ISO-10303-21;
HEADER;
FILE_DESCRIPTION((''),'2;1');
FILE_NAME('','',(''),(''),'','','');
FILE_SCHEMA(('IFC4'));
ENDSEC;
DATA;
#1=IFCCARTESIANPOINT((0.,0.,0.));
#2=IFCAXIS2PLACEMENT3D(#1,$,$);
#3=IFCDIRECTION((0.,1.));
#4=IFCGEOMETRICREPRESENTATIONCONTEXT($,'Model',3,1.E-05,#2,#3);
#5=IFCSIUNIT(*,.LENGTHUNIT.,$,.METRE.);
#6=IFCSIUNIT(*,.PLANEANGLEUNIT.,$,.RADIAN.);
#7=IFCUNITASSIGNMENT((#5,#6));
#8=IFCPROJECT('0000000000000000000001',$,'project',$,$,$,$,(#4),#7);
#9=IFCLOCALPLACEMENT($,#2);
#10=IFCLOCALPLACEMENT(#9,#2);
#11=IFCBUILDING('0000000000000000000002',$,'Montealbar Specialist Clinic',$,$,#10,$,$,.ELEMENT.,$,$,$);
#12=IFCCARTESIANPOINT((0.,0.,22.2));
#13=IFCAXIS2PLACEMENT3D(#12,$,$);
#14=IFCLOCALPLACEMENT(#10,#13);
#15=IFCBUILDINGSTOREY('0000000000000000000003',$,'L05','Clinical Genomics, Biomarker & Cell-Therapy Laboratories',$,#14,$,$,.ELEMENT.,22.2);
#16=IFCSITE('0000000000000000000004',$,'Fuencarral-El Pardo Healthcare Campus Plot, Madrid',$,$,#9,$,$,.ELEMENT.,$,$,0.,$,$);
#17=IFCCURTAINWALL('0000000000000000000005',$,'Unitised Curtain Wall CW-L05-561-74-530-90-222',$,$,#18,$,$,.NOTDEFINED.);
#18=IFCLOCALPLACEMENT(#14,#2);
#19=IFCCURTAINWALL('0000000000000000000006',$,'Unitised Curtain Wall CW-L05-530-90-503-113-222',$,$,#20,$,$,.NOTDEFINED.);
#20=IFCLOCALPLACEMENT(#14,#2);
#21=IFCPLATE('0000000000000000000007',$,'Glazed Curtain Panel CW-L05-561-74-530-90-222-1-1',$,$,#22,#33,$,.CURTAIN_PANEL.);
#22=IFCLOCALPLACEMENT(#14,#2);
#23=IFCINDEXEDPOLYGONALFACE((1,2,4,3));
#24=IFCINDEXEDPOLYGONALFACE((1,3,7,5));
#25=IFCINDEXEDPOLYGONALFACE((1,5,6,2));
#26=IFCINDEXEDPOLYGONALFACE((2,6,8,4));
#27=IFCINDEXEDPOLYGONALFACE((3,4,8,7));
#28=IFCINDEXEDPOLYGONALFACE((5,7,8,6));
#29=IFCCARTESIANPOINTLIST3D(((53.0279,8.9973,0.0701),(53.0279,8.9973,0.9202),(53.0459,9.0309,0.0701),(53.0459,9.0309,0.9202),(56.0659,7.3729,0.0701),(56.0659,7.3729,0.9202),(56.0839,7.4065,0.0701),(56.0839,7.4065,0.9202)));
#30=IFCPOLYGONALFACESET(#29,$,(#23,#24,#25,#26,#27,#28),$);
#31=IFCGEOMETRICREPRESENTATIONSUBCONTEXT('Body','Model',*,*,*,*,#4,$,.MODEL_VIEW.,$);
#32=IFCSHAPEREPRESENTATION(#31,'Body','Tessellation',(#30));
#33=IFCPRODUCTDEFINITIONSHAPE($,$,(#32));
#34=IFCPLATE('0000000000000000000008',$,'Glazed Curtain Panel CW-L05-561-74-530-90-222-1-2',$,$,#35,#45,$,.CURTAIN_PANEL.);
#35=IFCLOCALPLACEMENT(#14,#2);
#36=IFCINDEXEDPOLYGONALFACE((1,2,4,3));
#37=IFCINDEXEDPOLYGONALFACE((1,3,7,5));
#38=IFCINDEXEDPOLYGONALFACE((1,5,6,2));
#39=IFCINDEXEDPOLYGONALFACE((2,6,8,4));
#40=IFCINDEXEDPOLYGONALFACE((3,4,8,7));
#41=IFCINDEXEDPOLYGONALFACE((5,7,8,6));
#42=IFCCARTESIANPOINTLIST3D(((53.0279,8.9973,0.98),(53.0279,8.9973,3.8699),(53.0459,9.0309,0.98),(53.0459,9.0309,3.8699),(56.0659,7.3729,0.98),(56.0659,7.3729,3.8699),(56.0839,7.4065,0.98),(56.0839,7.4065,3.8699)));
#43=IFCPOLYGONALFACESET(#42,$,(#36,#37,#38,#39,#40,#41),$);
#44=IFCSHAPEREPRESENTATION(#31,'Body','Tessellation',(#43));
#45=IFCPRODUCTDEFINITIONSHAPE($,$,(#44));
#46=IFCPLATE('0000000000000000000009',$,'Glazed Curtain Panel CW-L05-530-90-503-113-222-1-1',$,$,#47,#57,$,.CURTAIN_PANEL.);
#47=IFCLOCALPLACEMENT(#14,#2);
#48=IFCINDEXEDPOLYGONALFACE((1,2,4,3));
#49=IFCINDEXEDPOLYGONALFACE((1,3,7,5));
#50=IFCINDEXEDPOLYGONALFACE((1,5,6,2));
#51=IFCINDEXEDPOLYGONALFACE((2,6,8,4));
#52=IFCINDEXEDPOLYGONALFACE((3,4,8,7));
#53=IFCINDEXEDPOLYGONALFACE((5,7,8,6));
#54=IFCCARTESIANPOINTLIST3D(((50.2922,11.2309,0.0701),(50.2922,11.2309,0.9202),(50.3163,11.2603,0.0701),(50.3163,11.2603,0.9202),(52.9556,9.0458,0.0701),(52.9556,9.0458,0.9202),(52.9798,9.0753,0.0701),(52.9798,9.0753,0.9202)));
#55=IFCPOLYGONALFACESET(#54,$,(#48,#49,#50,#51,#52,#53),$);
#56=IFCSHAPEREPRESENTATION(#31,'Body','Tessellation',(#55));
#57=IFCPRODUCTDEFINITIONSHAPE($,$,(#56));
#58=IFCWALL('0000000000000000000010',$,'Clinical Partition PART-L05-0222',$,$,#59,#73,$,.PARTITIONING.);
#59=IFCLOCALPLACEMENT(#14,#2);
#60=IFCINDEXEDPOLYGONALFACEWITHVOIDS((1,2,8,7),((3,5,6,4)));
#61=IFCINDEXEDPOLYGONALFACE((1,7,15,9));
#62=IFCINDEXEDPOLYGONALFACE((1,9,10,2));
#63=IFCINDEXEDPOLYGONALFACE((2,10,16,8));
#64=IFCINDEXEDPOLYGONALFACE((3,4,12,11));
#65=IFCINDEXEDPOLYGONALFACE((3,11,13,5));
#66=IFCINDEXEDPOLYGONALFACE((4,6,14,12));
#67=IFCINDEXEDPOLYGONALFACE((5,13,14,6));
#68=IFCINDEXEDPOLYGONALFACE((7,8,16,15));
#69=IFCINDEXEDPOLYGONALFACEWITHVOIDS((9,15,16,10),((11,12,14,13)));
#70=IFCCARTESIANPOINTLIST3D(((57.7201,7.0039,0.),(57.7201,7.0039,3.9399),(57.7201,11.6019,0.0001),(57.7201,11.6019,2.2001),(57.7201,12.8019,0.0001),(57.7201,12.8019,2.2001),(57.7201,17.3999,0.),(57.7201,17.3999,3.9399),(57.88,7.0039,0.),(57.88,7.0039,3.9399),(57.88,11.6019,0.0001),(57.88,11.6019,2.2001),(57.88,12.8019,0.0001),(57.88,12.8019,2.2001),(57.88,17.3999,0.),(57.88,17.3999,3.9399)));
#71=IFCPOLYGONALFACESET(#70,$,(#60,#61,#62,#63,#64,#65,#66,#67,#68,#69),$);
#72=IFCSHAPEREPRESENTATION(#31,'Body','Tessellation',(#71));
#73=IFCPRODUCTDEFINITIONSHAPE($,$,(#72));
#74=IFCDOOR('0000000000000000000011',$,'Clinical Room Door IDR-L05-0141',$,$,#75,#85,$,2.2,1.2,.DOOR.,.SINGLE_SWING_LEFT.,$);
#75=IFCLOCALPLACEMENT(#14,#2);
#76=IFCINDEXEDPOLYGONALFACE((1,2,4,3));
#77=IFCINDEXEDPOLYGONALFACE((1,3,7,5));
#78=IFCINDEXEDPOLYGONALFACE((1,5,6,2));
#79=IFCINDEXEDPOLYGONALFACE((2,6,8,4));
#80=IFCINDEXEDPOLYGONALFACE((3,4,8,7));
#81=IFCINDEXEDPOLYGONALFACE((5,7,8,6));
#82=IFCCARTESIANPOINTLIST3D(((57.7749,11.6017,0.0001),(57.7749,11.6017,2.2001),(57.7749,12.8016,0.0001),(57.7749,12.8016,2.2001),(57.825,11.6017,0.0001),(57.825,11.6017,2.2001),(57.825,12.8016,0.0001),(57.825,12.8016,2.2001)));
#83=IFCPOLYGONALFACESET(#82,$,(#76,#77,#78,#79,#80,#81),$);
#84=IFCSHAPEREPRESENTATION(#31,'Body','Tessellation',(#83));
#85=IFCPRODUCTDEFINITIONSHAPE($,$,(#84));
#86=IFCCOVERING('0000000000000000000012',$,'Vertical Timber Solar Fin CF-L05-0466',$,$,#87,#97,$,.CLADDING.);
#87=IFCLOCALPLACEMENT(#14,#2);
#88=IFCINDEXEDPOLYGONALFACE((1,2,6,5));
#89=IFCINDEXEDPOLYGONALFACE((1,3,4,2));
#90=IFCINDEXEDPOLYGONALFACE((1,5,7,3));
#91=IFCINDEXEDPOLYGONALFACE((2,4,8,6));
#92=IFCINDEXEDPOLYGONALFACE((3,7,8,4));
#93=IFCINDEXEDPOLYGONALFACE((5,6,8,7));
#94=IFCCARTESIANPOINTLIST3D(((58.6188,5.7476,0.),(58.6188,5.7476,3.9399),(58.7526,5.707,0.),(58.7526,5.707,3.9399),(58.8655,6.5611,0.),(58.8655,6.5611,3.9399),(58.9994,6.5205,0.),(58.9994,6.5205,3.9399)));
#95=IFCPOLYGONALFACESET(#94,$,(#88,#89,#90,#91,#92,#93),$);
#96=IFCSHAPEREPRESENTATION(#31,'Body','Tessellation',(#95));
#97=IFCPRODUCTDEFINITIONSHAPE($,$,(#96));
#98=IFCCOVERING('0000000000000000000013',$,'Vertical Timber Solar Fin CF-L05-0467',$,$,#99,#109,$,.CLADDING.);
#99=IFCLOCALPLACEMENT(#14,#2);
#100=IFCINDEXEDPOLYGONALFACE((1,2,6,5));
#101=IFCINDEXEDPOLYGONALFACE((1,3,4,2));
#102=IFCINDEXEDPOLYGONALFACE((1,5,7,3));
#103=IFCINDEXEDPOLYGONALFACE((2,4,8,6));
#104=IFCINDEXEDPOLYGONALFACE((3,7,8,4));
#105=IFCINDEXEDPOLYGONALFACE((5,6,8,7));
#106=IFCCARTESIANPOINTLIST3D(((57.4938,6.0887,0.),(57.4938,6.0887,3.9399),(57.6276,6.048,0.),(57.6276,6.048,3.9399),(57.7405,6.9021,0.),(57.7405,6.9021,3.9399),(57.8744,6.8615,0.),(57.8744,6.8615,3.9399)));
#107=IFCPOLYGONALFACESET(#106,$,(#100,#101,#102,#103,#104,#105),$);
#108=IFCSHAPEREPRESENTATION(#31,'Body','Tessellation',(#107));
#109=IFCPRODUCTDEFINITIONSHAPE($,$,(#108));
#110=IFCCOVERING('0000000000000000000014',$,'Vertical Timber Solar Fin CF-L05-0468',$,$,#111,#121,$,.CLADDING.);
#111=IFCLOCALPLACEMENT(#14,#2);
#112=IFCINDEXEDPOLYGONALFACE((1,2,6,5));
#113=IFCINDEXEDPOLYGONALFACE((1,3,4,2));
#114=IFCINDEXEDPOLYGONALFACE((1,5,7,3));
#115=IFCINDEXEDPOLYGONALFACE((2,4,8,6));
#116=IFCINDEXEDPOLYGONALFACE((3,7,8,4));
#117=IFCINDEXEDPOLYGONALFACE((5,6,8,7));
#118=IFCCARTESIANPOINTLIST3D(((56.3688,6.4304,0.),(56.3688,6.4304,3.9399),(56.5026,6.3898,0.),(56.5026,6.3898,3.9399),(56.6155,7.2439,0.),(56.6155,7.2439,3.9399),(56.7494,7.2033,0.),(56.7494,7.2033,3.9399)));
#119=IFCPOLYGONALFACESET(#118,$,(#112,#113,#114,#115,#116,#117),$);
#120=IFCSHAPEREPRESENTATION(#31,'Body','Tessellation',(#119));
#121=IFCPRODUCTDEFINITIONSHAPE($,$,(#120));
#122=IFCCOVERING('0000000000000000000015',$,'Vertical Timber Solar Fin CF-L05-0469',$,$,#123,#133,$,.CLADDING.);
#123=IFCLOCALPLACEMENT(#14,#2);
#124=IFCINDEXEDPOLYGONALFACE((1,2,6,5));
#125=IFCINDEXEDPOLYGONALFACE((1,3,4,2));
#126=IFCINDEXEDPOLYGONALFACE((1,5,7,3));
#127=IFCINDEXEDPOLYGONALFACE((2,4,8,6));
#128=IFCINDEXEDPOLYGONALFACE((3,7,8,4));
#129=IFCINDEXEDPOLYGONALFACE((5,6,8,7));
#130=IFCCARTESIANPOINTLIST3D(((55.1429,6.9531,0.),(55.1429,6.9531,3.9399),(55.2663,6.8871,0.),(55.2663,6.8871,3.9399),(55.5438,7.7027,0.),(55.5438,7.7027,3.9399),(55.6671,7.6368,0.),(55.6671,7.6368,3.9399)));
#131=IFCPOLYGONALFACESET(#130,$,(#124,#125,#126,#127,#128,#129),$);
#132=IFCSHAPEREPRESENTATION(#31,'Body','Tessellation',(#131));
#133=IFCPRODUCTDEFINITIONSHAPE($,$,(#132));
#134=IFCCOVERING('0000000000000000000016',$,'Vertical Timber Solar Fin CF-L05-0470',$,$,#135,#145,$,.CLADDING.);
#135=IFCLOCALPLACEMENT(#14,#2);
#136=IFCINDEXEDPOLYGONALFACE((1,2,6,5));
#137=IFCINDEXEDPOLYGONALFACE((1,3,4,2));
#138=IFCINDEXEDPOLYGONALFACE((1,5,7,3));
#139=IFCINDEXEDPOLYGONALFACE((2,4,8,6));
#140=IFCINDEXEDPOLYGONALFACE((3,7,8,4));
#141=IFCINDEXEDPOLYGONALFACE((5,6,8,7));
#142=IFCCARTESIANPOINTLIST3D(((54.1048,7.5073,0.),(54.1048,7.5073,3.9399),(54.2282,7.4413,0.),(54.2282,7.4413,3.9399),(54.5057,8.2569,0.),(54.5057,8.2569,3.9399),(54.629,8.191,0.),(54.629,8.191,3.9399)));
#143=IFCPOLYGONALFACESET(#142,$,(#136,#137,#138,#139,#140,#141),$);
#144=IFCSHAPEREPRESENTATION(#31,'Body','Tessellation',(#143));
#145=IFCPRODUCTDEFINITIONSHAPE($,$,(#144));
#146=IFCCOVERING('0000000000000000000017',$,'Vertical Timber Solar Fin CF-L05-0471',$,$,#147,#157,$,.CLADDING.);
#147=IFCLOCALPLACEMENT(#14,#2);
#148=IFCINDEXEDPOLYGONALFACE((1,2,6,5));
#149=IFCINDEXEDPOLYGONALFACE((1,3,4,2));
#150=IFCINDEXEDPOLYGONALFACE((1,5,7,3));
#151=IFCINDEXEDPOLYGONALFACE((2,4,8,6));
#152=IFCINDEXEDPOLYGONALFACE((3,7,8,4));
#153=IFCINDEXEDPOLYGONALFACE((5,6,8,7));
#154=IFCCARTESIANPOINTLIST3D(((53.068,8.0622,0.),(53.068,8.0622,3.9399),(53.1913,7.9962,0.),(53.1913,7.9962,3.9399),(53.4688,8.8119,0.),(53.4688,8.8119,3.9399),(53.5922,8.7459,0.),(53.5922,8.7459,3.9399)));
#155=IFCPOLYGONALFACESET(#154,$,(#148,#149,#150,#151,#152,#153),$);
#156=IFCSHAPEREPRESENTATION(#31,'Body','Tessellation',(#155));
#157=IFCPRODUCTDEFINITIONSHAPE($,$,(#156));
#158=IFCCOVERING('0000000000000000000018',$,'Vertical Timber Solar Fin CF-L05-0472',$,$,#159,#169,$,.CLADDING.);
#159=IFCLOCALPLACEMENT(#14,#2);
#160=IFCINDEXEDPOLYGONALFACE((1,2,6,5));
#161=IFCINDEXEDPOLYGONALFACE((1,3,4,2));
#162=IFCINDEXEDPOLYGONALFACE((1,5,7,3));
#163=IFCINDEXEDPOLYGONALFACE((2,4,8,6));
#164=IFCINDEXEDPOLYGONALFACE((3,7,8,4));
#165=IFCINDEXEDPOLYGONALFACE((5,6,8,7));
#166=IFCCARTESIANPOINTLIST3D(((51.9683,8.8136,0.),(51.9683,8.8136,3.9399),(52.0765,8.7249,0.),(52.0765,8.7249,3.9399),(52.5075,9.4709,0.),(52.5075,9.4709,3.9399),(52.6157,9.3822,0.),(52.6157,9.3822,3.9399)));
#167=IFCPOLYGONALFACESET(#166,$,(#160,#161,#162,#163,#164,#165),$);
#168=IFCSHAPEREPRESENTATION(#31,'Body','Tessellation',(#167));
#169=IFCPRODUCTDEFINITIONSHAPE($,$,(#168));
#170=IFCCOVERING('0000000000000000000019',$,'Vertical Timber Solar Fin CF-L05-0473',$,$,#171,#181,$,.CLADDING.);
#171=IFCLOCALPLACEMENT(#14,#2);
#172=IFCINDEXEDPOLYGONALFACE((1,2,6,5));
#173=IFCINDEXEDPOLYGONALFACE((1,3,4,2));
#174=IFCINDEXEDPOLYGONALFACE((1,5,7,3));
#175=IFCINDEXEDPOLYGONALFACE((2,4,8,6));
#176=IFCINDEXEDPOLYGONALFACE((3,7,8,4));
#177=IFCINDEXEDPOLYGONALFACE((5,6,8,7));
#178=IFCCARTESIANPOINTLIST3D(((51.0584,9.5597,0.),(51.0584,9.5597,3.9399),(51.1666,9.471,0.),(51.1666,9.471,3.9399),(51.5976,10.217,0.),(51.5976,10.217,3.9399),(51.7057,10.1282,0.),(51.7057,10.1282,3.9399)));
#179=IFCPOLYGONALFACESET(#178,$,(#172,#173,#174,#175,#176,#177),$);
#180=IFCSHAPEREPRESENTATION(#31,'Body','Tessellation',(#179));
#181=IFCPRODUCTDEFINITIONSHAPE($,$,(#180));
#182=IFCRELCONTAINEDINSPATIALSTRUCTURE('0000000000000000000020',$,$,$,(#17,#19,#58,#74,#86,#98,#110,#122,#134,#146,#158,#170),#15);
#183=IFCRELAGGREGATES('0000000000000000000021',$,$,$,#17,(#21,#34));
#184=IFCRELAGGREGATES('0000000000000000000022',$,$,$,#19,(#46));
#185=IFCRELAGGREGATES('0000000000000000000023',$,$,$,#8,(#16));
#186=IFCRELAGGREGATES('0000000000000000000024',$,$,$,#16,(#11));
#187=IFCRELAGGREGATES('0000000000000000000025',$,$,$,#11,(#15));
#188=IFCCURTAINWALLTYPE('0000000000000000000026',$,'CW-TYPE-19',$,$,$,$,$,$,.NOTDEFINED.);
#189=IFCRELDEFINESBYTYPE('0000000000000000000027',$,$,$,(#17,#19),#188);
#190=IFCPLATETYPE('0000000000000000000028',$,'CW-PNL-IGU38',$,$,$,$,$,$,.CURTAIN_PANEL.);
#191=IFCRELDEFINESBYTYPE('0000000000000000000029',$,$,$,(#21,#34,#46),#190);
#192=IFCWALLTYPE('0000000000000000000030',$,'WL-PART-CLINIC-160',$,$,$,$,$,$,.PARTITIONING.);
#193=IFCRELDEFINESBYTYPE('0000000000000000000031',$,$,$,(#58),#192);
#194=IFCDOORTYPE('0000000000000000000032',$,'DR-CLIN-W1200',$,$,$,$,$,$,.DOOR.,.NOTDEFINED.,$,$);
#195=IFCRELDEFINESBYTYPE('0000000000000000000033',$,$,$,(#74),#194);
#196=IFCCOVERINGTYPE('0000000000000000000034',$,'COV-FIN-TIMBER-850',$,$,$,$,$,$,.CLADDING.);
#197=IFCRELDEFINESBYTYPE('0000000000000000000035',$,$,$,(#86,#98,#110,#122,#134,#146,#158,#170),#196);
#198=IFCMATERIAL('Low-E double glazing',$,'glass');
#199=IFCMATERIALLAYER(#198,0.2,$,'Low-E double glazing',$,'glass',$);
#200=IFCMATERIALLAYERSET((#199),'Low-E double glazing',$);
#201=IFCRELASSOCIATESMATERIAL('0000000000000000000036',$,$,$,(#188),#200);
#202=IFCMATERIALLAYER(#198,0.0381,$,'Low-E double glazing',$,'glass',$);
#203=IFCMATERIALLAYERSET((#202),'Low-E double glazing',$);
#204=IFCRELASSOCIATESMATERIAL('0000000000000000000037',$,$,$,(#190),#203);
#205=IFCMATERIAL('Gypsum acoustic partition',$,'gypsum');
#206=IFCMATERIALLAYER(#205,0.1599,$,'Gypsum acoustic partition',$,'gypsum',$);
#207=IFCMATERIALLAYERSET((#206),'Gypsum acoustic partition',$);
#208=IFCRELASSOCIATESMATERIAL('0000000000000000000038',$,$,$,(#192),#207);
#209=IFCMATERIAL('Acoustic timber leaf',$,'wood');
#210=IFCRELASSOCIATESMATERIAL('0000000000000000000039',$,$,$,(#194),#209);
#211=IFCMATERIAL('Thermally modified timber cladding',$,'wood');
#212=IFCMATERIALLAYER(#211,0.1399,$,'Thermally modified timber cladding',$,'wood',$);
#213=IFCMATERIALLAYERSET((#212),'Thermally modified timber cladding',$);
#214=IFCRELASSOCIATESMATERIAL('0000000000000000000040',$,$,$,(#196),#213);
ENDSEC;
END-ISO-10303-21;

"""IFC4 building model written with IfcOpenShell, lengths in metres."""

from ifc_helpers import new_model, si_unit, direction, frame, frame_2d, origin, origin_2d, place, context, subcontext, project, spatial, rectangle, extrude, material, layer, layer_set, type_object, element, fill, aggregate, save


model = new_model("IFC4")

# Units and contexts
model_context = context("Model", 3, precision=1e-05, world=origin(), true_north=direction((0.0, 1.0)))
body_context = subcontext(model_context, "Body", "Model", "MODEL_VIEW")
ifc_project = project(units=[si_unit("LENGTHUNIT", "METRE"), si_unit("PLANEANGLEUNIT", "RADIAN")], contexts=[model_context])

# Site, building, storey
site_placement = place(None, origin())
site = spatial("IfcSite", under=ifc_project, at=site_placement, Name="Fuencarral-El Pardo Healthcare Campus Plot, Madrid", CompositionType="ELEMENT", RefElevation=0.0)
building_placement = place(site_placement, origin())
building = spatial("IfcBuilding", under=site, at=building_placement, Name="Montealbar Specialist Clinic", CompositionType="ELEMENT")
storey_placement = place(building_placement, frame((0.0, 0.0, 22.2)))
storey = spatial("IfcBuildingStorey", under=building, at=storey_placement, Name="L05", Description="Clinical Genomics, Biomarker & Cell-Therapy Laboratories", CompositionType="ELEMENT", Elevation=22.2)

# Shared definitions
ifc_material_1 = material(Name="Low-E double glazing", Category="glass")
ifc_layer_1 = layer(ifc_material_1, 0.2, Name="Low-E double glazing", Category="glass")
ifc_layer_set_1 = layer_set([ifc_layer_1], Name="Low-E double glazing")
curtain_wall_type = type_object("IfcCurtainWallType", Name="CW-TYPE-19", PredefinedType="NOTDEFINED", material=ifc_layer_set_1)

# Curtain wall
curtain_wall_1_placement = place(storey_placement, origin())
curtain_wall_1 = element("IfcCurtainWall", 1, at=curtain_wall_1_placement, inside=storey, type_object=curtain_wall_type, Name="Unitised Curtain Wall CW-L05-561-74-530-90-222", PredefinedType="NOTDEFINED")

# Curtain wall
curtain_wall_2_placement = place(storey_placement, origin())
curtain_wall_2 = element("IfcCurtainWall", 2, at=curtain_wall_2_placement, inside=storey, type_object=curtain_wall_type, Name="Unitised Curtain Wall CW-L05-530-90-503-113-222", PredefinedType="NOTDEFINED")

# Plates
ifc_layer_2 = layer(ifc_material_1, 0.0381, Name="Low-E double glazing", Category="glass")
ifc_layer_set_2 = layer_set([ifc_layer_2], Name="Low-E double glazing")
plate_type = type_object("IfcPlateType", Name="CW-PNL-IGU38", PredefinedType="CURTAIN_PANEL", material=ifc_layer_set_2)
plate_1_placement = place(storey_placement, frame((54.5559, 8.2019, 0.0701), z_axis=(0.0, 0.0, 1.0), x_axis=(-0.88185, 0.471529, 0.0)))
plate_1 = element("IfcPlate", 3, at=plate_1_placement, type_object=plate_type, Name="Glazed Curtain Panel CW-L05-561-74-530-90-222-1-1", PredefinedType="CURTAIN_PANEL", context=body_context, shape_type="SweptSolid", body=[
    extrude(rectangle(XDim=3.4451, YDim=0.0381, at=origin_2d()), origin(), (0.0, 0.0, 1.0), 0.8501),
])
plate_2_placement = place(storey_placement, frame((54.5559, 8.2019, 0.98), z_axis=(0.0, 0.0, 1.0), x_axis=(-0.88185, 0.471529, 0.0)))
plate_2 = element("IfcPlate", 4, at=plate_2_placement, type_object=plate_type, Name="Glazed Curtain Panel CW-L05-561-74-530-90-222-1-2", PredefinedType="CURTAIN_PANEL", context=body_context, shape_type="SweptSolid", body=[
    extrude(rectangle(XDim=3.4451, YDim=0.0381, at=origin_2d()), origin(), (0.0, 0.0, 1.0), 2.8899),
])
aggregate(curtain_wall_1, [plate_1, plate_2])
plate_3_placement = place(storey_placement, frame((51.636, 10.1531, 0.0701), z_axis=(0.0, 0.0, 1.0), x_axis=(-0.773123, 0.634256, 0.0)))
plate_3 = element("IfcPlate", 5, at=plate_3_placement, type_object=plate_type, Name="Glazed Curtain Panel CW-L05-530-90-503-113-222-1-1", PredefinedType="CURTAIN_PANEL", context=body_context, shape_type="SweptSolid", body=[
    extrude(rectangle(XDim=3.4451, YDim=0.0381, at=origin_2d()), origin(), (0.0, 0.0, 1.0), 0.8501),
])
aggregate(curtain_wall_2, [plate_3])

# Wall, opening, door
ifc_material_2 = material(Name="Gypsum acoustic partition", Category="gypsum")
ifc_layer_3 = layer(ifc_material_2, 0.1599, Name="Gypsum acoustic partition", Category="gypsum")
ifc_layer_set_3 = layer_set([ifc_layer_3], Name="Gypsum acoustic partition")
wall_type = type_object("IfcWallType", Name="WL-PART-CLINIC-160", PredefinedType="PARTITIONING", material=ifc_layer_set_3)
wall_placement = place(storey_placement, frame((57.8, 7.0039, 0.0), z_axis=(0.0, 0.0, 1.0), x_axis=(0.0, 1.0, 0.0)))
wall = element("IfcWall", 6, at=wall_placement, inside=storey, type_object=wall_type, Name="Clinical Partition PART-L05-0222", PredefinedType="PARTITIONING", context=body_context, shape_type="SweptSolid", body=[
    extrude(rectangle(XDim=10.396, YDim=0.1599, at=frame_2d((5.198, 0.0))), origin(), (0.0, 0.0, 1.0), 3.9399),
])
opening_placement = place(wall_placement, frame((4.5979, 0.0, 0.0)))
opening = element("IfcOpeningElement", 7, at=opening_placement, cuts=wall, PredefinedType="OPENING", context=body_context, shape_type="SweptSolid", body=[
    extrude(rectangle(XDim=1.2, YDim=2.2, at=frame_2d((0.6001, 1.1001))), frame((0.0, 0.0898, 0.0), z_axis=(0.0, -1.0, 0.0), x_axis=(1.0, 0.0, 0.0)), (0.0, 0.0, 1.0), 0.1799),
])
ifc_material_3 = material(Name="Acoustic timber leaf", Category="wood")
door_type = type_object("IfcDoorType", Name="DR-CLIN-W1200", OperationType="NOTDEFINED", PredefinedType="DOOR", material=ifc_material_3)
door_placement = place(opening_placement, frame((1.2, 0.0, 0.0), z_axis=(0.0, 0.0, 1.0), x_axis=(-1.0, 0.0, 0.0)))
door = element("IfcDoor", 8, at=door_placement, inside=storey, type_object=door_type, Name="Clinical Room Door IDR-L05-0141", OperationType="SINGLE_SWING_LEFT", OverallHeight=2.2, OverallWidth=1.2, PredefinedType="DOOR", context=body_context, shape_type="SweptSolid", body=[
    extrude(rectangle(XDim=1.2, YDim=2.2, at=frame_2d((0.6001, 1.1001))), frame((0.0, 0.0249, 0.0), z_axis=(0.0, -1.0, 0.0), x_axis=(1.0, 0.0, 0.0)), (0.0, 0.0, 1.0), 0.05),
])
fill(opening, door)

# Coverings
ifc_material_4 = material(Name="Thermally modified timber cladding", Category="wood")
ifc_layer_4 = layer(ifc_material_4, 0.1399, Name="Thermally modified timber cladding", Category="wood")
ifc_layer_set_4 = layer_set([ifc_layer_4], Name="Thermally modified timber cladding")
covering_type = type_object("IfcCoveringType", Name="COV-FIN-TIMBER-850", PredefinedType="CLADDING", material=ifc_layer_set_4)
for number, where, z_axis, x_axis, name in (
    (9, (58.8091, 6.134, 0.0), (0.0, 0.0, 1.0), (-0.290259, -0.956948, 0.0), "Vertical Timber Solar Fin CF-L05-0466"),
    (10, (57.6841, 6.4751, 0.0), (0.0, 0.0, 1.0), (-0.290259, -0.956948, 0.0), "Vertical Timber Solar Fin CF-L05-0467"),
    (11, (56.5591, 6.8169, 0.0), (0.0, 0.0, 1.0), (-0.290259, -0.956948, 0.0), "Vertical Timber Solar Fin CF-L05-0468"),
    (12, (55.405, 7.2949, 0.0), (0.0, 0.0, 1.0), (-0.471529, -0.88185, 0.0), "Vertical Timber Solar Fin CF-L05-0469"),
    (13, (54.3669, 7.8491, 0.0), (0.0, 0.0, 1.0), (-0.471529, -0.88185, 0.0), "Vertical Timber Solar Fin CF-L05-0470"),
    (14, (53.3301, 8.4041, 0.0), (0.0, 0.0, 1.0), (-0.471529, -0.88185, 0.0), "Vertical Timber Solar Fin CF-L05-0471"),
    (15, (52.292, 9.0979, 0.0), (0.0, 0.0, 1.0), (-0.634256, -0.773123, 0.0), "Vertical Timber Solar Fin CF-L05-0472"),
    (16, (51.3821, 9.844, 0.0), (0.0, 0.0, 1.0), (-0.634256, -0.773123, 0.0), "Vertical Timber Solar Fin CF-L05-0473"),
):
    element("IfcCovering", number, at=place(storey_placement, frame(where, z_axis=z_axis, x_axis=x_axis)), inside=storey, type_object=covering_type, Name=name, PredefinedType="CLADDING", context=body_context, shape_type="SweptSolid", body=[
        extrude(rectangle(XDim=0.8501, YDim=0.1399, at=origin_2d()), origin(), (0.0, 0.0, 1.0), 3.9399),
    ])

save(model, "model.ifc")
